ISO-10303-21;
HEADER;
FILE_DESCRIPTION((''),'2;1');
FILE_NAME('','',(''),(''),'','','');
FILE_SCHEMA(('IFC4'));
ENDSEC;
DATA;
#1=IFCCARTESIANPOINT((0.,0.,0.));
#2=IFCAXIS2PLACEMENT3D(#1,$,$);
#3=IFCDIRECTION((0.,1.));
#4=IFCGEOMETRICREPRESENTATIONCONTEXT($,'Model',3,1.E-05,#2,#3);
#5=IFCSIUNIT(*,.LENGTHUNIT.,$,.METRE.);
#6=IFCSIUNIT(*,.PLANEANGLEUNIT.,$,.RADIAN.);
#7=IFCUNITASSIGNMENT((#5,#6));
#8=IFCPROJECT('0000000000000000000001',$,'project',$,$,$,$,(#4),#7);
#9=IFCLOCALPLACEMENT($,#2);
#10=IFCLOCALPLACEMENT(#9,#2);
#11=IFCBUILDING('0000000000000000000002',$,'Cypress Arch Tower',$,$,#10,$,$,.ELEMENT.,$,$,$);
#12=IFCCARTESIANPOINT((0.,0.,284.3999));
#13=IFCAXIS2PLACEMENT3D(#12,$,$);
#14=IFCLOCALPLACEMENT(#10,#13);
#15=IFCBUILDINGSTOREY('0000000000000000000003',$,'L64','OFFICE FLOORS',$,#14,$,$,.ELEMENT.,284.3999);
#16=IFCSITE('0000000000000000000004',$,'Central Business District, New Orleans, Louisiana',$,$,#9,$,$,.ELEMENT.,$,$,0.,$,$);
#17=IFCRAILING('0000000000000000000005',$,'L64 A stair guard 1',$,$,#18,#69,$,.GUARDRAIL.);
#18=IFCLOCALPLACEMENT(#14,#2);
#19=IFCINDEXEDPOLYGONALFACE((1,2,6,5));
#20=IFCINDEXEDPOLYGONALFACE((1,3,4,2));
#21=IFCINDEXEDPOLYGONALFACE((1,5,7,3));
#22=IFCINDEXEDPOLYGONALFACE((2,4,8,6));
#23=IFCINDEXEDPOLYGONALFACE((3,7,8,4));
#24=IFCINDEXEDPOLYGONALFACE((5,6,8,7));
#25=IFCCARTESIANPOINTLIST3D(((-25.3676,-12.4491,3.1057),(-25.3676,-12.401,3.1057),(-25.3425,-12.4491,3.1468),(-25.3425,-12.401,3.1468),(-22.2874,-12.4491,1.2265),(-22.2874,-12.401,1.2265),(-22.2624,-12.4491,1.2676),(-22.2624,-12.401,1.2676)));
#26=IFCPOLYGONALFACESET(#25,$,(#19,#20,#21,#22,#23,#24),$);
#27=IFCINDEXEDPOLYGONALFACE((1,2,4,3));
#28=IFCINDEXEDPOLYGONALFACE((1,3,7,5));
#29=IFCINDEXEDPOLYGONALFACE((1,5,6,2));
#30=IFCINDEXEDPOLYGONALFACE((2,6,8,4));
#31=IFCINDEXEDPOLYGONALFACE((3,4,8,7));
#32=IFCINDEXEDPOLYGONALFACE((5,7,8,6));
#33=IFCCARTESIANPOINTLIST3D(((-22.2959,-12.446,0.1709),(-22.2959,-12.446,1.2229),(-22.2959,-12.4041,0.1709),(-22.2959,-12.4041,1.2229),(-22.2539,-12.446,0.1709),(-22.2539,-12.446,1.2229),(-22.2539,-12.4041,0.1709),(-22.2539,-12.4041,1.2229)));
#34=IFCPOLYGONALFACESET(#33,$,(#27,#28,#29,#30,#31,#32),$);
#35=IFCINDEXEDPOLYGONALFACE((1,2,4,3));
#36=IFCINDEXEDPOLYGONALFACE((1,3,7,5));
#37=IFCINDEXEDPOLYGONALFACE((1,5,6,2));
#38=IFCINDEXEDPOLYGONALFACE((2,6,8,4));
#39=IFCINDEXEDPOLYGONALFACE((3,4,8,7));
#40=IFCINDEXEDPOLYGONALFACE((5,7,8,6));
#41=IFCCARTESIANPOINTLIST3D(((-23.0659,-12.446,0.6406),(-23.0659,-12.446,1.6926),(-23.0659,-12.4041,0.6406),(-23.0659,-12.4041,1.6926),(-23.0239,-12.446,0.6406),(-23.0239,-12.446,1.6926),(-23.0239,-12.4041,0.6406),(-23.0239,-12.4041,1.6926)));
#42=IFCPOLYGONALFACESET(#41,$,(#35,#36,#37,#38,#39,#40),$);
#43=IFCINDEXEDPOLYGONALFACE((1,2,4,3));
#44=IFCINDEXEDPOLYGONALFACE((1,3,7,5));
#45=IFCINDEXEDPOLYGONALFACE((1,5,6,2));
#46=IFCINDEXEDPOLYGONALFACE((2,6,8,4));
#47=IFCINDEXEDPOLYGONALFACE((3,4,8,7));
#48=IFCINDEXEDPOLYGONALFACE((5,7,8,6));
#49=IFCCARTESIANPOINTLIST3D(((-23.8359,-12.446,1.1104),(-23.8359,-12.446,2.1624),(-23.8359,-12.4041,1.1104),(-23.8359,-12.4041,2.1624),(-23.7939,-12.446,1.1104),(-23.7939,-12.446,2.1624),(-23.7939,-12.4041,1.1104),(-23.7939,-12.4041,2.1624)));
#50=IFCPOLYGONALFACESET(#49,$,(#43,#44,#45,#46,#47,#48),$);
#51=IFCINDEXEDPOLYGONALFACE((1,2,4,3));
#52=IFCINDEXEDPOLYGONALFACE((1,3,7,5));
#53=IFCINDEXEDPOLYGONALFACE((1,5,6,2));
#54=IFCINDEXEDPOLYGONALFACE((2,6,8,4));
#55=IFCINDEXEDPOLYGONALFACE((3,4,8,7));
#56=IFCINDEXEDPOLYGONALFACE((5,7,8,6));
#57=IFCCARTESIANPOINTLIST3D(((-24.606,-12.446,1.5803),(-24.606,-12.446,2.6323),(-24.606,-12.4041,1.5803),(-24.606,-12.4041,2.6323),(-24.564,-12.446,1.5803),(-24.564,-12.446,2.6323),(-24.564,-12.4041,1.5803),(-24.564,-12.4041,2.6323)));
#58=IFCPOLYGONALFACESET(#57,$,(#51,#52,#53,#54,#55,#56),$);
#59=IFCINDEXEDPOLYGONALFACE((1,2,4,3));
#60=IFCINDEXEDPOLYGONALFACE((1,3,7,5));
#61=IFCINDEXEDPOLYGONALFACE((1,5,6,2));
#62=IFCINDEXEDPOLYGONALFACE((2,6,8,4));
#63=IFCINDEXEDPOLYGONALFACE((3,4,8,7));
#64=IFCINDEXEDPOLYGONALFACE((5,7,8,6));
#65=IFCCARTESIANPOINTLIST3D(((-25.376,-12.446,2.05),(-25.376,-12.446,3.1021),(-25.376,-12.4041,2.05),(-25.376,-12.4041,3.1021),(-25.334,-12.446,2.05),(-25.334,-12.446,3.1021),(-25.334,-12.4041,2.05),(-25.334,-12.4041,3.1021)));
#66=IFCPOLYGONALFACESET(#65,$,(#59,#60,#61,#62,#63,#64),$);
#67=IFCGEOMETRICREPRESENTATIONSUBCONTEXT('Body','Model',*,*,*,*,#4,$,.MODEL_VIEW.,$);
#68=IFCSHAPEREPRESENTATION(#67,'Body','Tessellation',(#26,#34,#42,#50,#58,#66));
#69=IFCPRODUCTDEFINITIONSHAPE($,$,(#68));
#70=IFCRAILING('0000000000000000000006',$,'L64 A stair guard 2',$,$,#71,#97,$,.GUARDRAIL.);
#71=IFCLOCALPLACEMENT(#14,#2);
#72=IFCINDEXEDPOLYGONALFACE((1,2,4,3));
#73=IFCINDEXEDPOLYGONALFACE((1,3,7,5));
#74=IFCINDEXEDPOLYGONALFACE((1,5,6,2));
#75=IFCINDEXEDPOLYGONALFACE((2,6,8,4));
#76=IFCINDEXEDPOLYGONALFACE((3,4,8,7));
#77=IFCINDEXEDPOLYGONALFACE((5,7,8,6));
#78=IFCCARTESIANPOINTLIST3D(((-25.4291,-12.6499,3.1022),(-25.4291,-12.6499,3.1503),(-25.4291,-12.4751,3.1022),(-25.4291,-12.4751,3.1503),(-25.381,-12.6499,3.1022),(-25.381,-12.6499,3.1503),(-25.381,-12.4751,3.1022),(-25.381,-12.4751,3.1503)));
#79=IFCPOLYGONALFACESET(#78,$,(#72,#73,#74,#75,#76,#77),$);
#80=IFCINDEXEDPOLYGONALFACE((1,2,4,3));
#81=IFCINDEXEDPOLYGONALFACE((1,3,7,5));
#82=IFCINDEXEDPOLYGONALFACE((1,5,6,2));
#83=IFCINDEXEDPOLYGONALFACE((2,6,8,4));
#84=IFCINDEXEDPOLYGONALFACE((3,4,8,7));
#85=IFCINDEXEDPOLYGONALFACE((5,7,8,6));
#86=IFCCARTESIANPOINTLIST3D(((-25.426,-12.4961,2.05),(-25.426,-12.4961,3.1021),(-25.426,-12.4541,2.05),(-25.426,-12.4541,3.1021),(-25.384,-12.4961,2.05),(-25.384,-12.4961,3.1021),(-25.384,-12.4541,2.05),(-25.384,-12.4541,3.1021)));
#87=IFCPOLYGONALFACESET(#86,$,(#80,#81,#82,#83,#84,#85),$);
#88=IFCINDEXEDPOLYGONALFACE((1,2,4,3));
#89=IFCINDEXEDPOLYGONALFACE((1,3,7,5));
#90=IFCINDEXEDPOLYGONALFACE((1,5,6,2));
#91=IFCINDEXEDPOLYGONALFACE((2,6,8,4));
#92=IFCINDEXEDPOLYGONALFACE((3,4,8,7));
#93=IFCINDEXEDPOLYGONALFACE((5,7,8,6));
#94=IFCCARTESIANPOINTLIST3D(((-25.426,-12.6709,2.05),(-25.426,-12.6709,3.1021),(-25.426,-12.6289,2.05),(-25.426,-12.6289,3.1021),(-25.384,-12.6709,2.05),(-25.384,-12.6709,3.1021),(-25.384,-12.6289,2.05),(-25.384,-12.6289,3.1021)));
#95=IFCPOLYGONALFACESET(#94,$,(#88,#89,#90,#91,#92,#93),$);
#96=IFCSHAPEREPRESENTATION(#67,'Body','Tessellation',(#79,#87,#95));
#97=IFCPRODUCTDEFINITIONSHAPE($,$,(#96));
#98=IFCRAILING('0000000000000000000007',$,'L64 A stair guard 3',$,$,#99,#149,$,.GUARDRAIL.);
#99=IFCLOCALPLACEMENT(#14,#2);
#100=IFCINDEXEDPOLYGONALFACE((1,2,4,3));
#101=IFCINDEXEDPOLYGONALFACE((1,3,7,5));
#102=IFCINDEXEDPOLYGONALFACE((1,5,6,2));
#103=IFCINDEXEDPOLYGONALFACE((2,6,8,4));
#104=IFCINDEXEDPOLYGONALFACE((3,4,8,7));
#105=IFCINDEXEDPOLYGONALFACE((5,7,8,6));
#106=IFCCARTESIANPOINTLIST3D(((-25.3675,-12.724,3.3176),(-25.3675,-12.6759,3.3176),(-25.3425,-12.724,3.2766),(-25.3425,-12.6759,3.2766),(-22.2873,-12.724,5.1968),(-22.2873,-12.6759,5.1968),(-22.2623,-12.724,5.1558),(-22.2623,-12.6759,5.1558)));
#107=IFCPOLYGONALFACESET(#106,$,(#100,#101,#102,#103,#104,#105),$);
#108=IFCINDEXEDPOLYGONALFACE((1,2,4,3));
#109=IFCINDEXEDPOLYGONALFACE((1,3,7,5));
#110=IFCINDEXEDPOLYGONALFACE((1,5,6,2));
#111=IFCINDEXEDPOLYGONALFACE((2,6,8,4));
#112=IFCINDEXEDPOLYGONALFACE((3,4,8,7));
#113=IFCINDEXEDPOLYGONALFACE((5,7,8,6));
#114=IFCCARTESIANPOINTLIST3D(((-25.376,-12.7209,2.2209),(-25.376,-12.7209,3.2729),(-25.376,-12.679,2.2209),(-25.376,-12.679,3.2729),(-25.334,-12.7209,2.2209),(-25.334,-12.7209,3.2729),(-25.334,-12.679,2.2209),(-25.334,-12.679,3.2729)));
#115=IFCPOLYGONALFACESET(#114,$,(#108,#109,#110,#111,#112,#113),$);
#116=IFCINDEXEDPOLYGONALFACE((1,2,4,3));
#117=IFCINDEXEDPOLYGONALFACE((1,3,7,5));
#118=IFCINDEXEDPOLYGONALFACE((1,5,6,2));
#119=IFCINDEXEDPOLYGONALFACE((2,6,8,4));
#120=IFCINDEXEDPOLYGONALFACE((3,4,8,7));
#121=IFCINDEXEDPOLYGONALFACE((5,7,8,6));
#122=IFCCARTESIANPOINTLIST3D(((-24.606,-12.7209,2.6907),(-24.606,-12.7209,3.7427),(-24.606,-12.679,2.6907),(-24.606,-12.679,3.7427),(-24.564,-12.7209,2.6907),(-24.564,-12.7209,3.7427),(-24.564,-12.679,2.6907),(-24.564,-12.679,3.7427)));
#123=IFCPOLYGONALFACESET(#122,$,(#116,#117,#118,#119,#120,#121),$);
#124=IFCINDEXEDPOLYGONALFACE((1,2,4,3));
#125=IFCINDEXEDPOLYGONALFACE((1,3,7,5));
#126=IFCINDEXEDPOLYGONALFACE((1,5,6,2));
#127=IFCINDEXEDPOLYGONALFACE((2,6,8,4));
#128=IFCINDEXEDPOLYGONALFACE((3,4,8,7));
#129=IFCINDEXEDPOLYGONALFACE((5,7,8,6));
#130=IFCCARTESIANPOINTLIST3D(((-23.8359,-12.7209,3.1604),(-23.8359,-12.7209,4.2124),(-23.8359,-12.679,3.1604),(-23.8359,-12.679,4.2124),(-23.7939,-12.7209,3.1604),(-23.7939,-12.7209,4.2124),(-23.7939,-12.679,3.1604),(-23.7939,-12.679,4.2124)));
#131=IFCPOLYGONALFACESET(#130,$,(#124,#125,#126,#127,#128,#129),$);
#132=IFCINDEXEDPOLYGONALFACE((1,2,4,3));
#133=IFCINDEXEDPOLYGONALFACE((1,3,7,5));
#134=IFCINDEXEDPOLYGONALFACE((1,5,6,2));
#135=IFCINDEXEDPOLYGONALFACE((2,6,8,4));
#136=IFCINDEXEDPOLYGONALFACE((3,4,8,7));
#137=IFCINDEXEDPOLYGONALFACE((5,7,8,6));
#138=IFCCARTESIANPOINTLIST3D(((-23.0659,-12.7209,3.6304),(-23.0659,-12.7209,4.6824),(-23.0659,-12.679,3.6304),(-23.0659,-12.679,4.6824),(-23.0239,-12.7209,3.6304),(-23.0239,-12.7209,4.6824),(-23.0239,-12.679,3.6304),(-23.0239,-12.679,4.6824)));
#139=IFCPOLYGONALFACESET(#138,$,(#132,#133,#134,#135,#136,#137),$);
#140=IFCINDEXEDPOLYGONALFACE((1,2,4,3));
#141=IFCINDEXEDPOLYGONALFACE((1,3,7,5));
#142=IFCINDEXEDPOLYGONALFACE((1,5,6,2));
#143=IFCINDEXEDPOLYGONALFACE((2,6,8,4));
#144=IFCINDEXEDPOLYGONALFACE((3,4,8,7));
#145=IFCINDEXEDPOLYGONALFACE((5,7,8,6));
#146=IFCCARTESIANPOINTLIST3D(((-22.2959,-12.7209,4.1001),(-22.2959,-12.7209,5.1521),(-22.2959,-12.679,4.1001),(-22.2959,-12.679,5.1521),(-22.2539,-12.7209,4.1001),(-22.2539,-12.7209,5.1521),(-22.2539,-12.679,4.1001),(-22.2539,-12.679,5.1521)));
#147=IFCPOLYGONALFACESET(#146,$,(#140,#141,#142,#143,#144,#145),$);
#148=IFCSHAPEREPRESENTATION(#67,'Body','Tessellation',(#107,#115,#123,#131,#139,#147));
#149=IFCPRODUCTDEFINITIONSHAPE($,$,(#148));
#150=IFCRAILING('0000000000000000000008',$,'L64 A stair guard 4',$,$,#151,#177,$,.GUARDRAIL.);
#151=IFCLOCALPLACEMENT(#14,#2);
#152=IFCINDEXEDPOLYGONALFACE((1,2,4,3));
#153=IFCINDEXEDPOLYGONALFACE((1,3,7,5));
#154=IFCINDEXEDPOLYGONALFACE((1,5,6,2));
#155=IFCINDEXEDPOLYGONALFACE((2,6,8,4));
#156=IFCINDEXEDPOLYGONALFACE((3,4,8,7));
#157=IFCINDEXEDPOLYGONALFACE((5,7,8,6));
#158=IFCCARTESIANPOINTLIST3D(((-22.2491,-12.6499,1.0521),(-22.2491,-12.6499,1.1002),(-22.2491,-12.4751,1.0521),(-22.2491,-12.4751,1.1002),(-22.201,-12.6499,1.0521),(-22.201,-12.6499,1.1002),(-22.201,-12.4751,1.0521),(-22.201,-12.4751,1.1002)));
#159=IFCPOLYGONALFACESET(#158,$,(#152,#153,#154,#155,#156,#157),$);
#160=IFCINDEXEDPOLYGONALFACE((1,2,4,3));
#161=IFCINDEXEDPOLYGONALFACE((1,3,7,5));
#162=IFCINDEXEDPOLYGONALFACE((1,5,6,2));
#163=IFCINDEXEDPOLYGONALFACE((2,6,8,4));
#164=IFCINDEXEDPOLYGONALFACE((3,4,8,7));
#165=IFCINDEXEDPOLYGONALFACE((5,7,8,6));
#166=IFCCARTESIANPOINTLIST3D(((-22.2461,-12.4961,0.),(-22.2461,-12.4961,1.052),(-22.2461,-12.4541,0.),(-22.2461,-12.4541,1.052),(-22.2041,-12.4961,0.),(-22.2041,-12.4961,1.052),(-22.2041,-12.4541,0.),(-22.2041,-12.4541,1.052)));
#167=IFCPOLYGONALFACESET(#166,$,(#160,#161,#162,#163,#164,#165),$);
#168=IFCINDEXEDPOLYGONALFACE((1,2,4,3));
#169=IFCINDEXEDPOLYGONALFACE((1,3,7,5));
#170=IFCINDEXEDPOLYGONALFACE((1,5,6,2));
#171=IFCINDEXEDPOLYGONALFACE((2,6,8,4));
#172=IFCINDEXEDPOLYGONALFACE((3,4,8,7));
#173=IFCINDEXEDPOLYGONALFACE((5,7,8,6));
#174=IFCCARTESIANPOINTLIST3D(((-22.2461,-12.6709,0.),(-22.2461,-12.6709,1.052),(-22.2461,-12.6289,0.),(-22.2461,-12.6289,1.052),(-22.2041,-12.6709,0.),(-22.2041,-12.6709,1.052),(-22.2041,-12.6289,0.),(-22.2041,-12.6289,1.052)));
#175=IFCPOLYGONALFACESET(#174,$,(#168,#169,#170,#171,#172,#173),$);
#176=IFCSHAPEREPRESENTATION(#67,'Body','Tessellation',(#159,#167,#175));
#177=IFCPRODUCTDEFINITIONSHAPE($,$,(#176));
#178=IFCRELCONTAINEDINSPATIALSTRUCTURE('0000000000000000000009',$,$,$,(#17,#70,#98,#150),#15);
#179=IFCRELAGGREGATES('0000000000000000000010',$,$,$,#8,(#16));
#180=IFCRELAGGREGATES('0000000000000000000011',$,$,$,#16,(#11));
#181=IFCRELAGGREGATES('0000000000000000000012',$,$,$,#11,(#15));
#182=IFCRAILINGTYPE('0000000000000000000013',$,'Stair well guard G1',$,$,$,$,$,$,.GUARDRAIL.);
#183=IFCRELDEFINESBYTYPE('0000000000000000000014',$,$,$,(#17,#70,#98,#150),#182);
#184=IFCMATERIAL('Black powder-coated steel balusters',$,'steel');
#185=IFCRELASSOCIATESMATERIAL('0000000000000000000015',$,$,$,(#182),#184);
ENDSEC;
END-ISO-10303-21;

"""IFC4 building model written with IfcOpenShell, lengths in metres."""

from ifc_helpers import new_model, si_unit, direction, frame, origin, origin_2d, place, context, subcontext, project, spatial, rectangle, extrude, material, type_object, element, save


model = new_model("IFC4")

# Units and contexts
model_context = context("Model", 3, precision=1e-05, world=origin(), true_north=direction((0.0, 1.0)))
body_context = subcontext(model_context, "Body", "Model", "MODEL_VIEW")
ifc_project = project(units=[si_unit("LENGTHUNIT", "METRE"), si_unit("PLANEANGLEUNIT", "RADIAN")], contexts=[model_context])

# Site, building, storey
site_placement = place(None, origin())
site = spatial("IfcSite", under=ifc_project, at=site_placement, Name="Central Business District, New Orleans, Louisiana", CompositionType="ELEMENT", RefElevation=0.0)
building_placement = place(site_placement, origin())
building = spatial("IfcBuilding", under=site, at=building_placement, Name="Cypress Arch Tower", CompositionType="ELEMENT")
storey_placement = place(building_placement, frame((0.0, 0.0, 284.3999)))
storey = spatial("IfcBuildingStorey", under=building, at=storey_placement, Name="L64", Description="OFFICE FLOORS", CompositionType="ELEMENT", Elevation=284.3999)

# Railings
ifc_material_1 = material(Name="Black powder-coated steel balusters", Category="steel")
railing_type_1 = type_object("IfcRailingType", Name="Stair well guard G1", PredefinedType="GUARDRAIL", material=ifc_material_1)
railing_1_placement = place(storey_placement, frame((-22.2749, -12.425, 0.1709)))
element("IfcRailing", 1, at=railing_1_placement, inside=storey, type_object=railing_type_1, Name="L64 A stair guard 1", PredefinedType="GUARDRAIL", context=body_context, shape_type="SweptSolid", body=[
    extrude(rectangle(XDim=0.0481, YDim=0.0481, at=origin_2d()), frame((0.0, 0.0, 1.0762), z_axis=(-0.853666, 0.0, 0.52082), x_axis=(0.0, -1.0, 0.0)), (0.0, 0.0, 1.0), 3.6082),
    extrude(rectangle(XDim=0.042, YDim=0.042, at=origin_2d()), origin(), (0.0, 0.0, 1.0), 1.052),
    extrude(rectangle(XDim=0.042, YDim=0.042, at=origin_2d()), frame((-0.77, 0.0, 0.4697)), (0.0, 0.0, 1.0), 1.052),
    extrude(rectangle(XDim=0.042, YDim=0.042, at=origin_2d()), frame((-1.54, 0.0, 0.9395)), (0.0, 0.0, 1.0), 1.052),
    extrude(rectangle(XDim=0.042, YDim=0.042, at=origin_2d()), frame((-2.3101, 0.0, 1.4094)), (0.0, 0.0, 1.0), 1.052),
    extrude(rectangle(XDim=0.042, YDim=0.042, at=origin_2d()), frame((-3.0801, 0.0, 1.8792)), (0.0, 0.0, 1.0), 1.052),
])
railing_2_placement = place(storey_placement, frame((-25.405, -12.4751, 2.05)))
element("IfcRailing", 2, at=railing_2_placement, inside=storey, type_object=railing_type_1, Name="L64 A stair guard 2", PredefinedType="GUARDRAIL", context=body_context, shape_type="SweptSolid", body=[
    extrude(rectangle(XDim=0.0481, YDim=0.0481, at=origin_2d()), frame((0.0, 0.0, 1.0762), z_axis=(0.0, -1.0, 0.0), x_axis=(1.0, 0.0, 0.0)), (0.0, 0.0, 1.0), 0.1748),
    extrude(rectangle(XDim=0.042, YDim=0.042, at=origin_2d()), origin(), (0.0, 0.0, 1.0), 1.052),
    extrude(rectangle(XDim=0.042, YDim=0.042, at=origin_2d()), frame((0.0, -0.1748, 0.0)), (0.0, 0.0, 1.0), 1.052),
])
railing_3_placement = place(storey_placement, frame((-25.355, -12.7, 2.2209)))
element("IfcRailing", 3, at=railing_3_placement, inside=storey, type_object=railing_type_1, Name="L64 A stair guard 3", PredefinedType="GUARDRAIL", context=body_context, shape_type="SweptSolid", body=[
    extrude(rectangle(XDim=0.0481, YDim=0.0481, at=origin_2d()), frame((0.0, 0.0, 1.0762), z_axis=(0.853666, 0.0, 0.52082), x_axis=(0.0, 1.0, 0.0)), (0.0, 0.0, 1.0), 3.6082),
    extrude(rectangle(XDim=0.042, YDim=0.042, at=origin_2d()), origin(), (0.0, 0.0, 1.0), 1.052),
    extrude(rectangle(XDim=0.042, YDim=0.042, at=origin_2d()), frame((0.77, 0.0, 0.4697)), (0.0, 0.0, 1.0), 1.052),
    extrude(rectangle(XDim=0.042, YDim=0.042, at=origin_2d()), frame((1.54, 0.0, 0.9395)), (0.0, 0.0, 1.0), 1.052),
    extrude(rectangle(XDim=0.042, YDim=0.042, at=origin_2d()), frame((2.3101, 0.0, 1.4094)), (0.0, 0.0, 1.0), 1.052),
    extrude(rectangle(XDim=0.042, YDim=0.042, at=origin_2d()), frame((3.0801, 0.0, 1.8792)), (0.0, 0.0, 1.0), 1.052),
])
railing_4_placement = place(storey_placement, frame((-22.2251, -12.4751, 0.0)))
element("IfcRailing", 4, at=railing_4_placement, inside=storey, type_object=railing_type_1, Name="L64 A stair guard 4", PredefinedType="GUARDRAIL", context=body_context, shape_type="SweptSolid", body=[
    extrude(rectangle(XDim=0.0481, YDim=0.0481, at=origin_2d()), frame((0.0, 0.0, 1.0762), z_axis=(0.0, -1.0, 0.0), x_axis=(1.0, 0.0, 0.0)), (0.0, 0.0, 1.0), 0.1748),
    extrude(rectangle(XDim=0.042, YDim=0.042, at=origin_2d()), origin(), (0.0, 0.0, 1.0), 1.052),
    extrude(rectangle(XDim=0.042, YDim=0.042, at=origin_2d()), frame((0.0, -0.1748, 0.0)), (0.0, 0.0, 1.0), 1.052),
])

save(model, "model.ifc")
